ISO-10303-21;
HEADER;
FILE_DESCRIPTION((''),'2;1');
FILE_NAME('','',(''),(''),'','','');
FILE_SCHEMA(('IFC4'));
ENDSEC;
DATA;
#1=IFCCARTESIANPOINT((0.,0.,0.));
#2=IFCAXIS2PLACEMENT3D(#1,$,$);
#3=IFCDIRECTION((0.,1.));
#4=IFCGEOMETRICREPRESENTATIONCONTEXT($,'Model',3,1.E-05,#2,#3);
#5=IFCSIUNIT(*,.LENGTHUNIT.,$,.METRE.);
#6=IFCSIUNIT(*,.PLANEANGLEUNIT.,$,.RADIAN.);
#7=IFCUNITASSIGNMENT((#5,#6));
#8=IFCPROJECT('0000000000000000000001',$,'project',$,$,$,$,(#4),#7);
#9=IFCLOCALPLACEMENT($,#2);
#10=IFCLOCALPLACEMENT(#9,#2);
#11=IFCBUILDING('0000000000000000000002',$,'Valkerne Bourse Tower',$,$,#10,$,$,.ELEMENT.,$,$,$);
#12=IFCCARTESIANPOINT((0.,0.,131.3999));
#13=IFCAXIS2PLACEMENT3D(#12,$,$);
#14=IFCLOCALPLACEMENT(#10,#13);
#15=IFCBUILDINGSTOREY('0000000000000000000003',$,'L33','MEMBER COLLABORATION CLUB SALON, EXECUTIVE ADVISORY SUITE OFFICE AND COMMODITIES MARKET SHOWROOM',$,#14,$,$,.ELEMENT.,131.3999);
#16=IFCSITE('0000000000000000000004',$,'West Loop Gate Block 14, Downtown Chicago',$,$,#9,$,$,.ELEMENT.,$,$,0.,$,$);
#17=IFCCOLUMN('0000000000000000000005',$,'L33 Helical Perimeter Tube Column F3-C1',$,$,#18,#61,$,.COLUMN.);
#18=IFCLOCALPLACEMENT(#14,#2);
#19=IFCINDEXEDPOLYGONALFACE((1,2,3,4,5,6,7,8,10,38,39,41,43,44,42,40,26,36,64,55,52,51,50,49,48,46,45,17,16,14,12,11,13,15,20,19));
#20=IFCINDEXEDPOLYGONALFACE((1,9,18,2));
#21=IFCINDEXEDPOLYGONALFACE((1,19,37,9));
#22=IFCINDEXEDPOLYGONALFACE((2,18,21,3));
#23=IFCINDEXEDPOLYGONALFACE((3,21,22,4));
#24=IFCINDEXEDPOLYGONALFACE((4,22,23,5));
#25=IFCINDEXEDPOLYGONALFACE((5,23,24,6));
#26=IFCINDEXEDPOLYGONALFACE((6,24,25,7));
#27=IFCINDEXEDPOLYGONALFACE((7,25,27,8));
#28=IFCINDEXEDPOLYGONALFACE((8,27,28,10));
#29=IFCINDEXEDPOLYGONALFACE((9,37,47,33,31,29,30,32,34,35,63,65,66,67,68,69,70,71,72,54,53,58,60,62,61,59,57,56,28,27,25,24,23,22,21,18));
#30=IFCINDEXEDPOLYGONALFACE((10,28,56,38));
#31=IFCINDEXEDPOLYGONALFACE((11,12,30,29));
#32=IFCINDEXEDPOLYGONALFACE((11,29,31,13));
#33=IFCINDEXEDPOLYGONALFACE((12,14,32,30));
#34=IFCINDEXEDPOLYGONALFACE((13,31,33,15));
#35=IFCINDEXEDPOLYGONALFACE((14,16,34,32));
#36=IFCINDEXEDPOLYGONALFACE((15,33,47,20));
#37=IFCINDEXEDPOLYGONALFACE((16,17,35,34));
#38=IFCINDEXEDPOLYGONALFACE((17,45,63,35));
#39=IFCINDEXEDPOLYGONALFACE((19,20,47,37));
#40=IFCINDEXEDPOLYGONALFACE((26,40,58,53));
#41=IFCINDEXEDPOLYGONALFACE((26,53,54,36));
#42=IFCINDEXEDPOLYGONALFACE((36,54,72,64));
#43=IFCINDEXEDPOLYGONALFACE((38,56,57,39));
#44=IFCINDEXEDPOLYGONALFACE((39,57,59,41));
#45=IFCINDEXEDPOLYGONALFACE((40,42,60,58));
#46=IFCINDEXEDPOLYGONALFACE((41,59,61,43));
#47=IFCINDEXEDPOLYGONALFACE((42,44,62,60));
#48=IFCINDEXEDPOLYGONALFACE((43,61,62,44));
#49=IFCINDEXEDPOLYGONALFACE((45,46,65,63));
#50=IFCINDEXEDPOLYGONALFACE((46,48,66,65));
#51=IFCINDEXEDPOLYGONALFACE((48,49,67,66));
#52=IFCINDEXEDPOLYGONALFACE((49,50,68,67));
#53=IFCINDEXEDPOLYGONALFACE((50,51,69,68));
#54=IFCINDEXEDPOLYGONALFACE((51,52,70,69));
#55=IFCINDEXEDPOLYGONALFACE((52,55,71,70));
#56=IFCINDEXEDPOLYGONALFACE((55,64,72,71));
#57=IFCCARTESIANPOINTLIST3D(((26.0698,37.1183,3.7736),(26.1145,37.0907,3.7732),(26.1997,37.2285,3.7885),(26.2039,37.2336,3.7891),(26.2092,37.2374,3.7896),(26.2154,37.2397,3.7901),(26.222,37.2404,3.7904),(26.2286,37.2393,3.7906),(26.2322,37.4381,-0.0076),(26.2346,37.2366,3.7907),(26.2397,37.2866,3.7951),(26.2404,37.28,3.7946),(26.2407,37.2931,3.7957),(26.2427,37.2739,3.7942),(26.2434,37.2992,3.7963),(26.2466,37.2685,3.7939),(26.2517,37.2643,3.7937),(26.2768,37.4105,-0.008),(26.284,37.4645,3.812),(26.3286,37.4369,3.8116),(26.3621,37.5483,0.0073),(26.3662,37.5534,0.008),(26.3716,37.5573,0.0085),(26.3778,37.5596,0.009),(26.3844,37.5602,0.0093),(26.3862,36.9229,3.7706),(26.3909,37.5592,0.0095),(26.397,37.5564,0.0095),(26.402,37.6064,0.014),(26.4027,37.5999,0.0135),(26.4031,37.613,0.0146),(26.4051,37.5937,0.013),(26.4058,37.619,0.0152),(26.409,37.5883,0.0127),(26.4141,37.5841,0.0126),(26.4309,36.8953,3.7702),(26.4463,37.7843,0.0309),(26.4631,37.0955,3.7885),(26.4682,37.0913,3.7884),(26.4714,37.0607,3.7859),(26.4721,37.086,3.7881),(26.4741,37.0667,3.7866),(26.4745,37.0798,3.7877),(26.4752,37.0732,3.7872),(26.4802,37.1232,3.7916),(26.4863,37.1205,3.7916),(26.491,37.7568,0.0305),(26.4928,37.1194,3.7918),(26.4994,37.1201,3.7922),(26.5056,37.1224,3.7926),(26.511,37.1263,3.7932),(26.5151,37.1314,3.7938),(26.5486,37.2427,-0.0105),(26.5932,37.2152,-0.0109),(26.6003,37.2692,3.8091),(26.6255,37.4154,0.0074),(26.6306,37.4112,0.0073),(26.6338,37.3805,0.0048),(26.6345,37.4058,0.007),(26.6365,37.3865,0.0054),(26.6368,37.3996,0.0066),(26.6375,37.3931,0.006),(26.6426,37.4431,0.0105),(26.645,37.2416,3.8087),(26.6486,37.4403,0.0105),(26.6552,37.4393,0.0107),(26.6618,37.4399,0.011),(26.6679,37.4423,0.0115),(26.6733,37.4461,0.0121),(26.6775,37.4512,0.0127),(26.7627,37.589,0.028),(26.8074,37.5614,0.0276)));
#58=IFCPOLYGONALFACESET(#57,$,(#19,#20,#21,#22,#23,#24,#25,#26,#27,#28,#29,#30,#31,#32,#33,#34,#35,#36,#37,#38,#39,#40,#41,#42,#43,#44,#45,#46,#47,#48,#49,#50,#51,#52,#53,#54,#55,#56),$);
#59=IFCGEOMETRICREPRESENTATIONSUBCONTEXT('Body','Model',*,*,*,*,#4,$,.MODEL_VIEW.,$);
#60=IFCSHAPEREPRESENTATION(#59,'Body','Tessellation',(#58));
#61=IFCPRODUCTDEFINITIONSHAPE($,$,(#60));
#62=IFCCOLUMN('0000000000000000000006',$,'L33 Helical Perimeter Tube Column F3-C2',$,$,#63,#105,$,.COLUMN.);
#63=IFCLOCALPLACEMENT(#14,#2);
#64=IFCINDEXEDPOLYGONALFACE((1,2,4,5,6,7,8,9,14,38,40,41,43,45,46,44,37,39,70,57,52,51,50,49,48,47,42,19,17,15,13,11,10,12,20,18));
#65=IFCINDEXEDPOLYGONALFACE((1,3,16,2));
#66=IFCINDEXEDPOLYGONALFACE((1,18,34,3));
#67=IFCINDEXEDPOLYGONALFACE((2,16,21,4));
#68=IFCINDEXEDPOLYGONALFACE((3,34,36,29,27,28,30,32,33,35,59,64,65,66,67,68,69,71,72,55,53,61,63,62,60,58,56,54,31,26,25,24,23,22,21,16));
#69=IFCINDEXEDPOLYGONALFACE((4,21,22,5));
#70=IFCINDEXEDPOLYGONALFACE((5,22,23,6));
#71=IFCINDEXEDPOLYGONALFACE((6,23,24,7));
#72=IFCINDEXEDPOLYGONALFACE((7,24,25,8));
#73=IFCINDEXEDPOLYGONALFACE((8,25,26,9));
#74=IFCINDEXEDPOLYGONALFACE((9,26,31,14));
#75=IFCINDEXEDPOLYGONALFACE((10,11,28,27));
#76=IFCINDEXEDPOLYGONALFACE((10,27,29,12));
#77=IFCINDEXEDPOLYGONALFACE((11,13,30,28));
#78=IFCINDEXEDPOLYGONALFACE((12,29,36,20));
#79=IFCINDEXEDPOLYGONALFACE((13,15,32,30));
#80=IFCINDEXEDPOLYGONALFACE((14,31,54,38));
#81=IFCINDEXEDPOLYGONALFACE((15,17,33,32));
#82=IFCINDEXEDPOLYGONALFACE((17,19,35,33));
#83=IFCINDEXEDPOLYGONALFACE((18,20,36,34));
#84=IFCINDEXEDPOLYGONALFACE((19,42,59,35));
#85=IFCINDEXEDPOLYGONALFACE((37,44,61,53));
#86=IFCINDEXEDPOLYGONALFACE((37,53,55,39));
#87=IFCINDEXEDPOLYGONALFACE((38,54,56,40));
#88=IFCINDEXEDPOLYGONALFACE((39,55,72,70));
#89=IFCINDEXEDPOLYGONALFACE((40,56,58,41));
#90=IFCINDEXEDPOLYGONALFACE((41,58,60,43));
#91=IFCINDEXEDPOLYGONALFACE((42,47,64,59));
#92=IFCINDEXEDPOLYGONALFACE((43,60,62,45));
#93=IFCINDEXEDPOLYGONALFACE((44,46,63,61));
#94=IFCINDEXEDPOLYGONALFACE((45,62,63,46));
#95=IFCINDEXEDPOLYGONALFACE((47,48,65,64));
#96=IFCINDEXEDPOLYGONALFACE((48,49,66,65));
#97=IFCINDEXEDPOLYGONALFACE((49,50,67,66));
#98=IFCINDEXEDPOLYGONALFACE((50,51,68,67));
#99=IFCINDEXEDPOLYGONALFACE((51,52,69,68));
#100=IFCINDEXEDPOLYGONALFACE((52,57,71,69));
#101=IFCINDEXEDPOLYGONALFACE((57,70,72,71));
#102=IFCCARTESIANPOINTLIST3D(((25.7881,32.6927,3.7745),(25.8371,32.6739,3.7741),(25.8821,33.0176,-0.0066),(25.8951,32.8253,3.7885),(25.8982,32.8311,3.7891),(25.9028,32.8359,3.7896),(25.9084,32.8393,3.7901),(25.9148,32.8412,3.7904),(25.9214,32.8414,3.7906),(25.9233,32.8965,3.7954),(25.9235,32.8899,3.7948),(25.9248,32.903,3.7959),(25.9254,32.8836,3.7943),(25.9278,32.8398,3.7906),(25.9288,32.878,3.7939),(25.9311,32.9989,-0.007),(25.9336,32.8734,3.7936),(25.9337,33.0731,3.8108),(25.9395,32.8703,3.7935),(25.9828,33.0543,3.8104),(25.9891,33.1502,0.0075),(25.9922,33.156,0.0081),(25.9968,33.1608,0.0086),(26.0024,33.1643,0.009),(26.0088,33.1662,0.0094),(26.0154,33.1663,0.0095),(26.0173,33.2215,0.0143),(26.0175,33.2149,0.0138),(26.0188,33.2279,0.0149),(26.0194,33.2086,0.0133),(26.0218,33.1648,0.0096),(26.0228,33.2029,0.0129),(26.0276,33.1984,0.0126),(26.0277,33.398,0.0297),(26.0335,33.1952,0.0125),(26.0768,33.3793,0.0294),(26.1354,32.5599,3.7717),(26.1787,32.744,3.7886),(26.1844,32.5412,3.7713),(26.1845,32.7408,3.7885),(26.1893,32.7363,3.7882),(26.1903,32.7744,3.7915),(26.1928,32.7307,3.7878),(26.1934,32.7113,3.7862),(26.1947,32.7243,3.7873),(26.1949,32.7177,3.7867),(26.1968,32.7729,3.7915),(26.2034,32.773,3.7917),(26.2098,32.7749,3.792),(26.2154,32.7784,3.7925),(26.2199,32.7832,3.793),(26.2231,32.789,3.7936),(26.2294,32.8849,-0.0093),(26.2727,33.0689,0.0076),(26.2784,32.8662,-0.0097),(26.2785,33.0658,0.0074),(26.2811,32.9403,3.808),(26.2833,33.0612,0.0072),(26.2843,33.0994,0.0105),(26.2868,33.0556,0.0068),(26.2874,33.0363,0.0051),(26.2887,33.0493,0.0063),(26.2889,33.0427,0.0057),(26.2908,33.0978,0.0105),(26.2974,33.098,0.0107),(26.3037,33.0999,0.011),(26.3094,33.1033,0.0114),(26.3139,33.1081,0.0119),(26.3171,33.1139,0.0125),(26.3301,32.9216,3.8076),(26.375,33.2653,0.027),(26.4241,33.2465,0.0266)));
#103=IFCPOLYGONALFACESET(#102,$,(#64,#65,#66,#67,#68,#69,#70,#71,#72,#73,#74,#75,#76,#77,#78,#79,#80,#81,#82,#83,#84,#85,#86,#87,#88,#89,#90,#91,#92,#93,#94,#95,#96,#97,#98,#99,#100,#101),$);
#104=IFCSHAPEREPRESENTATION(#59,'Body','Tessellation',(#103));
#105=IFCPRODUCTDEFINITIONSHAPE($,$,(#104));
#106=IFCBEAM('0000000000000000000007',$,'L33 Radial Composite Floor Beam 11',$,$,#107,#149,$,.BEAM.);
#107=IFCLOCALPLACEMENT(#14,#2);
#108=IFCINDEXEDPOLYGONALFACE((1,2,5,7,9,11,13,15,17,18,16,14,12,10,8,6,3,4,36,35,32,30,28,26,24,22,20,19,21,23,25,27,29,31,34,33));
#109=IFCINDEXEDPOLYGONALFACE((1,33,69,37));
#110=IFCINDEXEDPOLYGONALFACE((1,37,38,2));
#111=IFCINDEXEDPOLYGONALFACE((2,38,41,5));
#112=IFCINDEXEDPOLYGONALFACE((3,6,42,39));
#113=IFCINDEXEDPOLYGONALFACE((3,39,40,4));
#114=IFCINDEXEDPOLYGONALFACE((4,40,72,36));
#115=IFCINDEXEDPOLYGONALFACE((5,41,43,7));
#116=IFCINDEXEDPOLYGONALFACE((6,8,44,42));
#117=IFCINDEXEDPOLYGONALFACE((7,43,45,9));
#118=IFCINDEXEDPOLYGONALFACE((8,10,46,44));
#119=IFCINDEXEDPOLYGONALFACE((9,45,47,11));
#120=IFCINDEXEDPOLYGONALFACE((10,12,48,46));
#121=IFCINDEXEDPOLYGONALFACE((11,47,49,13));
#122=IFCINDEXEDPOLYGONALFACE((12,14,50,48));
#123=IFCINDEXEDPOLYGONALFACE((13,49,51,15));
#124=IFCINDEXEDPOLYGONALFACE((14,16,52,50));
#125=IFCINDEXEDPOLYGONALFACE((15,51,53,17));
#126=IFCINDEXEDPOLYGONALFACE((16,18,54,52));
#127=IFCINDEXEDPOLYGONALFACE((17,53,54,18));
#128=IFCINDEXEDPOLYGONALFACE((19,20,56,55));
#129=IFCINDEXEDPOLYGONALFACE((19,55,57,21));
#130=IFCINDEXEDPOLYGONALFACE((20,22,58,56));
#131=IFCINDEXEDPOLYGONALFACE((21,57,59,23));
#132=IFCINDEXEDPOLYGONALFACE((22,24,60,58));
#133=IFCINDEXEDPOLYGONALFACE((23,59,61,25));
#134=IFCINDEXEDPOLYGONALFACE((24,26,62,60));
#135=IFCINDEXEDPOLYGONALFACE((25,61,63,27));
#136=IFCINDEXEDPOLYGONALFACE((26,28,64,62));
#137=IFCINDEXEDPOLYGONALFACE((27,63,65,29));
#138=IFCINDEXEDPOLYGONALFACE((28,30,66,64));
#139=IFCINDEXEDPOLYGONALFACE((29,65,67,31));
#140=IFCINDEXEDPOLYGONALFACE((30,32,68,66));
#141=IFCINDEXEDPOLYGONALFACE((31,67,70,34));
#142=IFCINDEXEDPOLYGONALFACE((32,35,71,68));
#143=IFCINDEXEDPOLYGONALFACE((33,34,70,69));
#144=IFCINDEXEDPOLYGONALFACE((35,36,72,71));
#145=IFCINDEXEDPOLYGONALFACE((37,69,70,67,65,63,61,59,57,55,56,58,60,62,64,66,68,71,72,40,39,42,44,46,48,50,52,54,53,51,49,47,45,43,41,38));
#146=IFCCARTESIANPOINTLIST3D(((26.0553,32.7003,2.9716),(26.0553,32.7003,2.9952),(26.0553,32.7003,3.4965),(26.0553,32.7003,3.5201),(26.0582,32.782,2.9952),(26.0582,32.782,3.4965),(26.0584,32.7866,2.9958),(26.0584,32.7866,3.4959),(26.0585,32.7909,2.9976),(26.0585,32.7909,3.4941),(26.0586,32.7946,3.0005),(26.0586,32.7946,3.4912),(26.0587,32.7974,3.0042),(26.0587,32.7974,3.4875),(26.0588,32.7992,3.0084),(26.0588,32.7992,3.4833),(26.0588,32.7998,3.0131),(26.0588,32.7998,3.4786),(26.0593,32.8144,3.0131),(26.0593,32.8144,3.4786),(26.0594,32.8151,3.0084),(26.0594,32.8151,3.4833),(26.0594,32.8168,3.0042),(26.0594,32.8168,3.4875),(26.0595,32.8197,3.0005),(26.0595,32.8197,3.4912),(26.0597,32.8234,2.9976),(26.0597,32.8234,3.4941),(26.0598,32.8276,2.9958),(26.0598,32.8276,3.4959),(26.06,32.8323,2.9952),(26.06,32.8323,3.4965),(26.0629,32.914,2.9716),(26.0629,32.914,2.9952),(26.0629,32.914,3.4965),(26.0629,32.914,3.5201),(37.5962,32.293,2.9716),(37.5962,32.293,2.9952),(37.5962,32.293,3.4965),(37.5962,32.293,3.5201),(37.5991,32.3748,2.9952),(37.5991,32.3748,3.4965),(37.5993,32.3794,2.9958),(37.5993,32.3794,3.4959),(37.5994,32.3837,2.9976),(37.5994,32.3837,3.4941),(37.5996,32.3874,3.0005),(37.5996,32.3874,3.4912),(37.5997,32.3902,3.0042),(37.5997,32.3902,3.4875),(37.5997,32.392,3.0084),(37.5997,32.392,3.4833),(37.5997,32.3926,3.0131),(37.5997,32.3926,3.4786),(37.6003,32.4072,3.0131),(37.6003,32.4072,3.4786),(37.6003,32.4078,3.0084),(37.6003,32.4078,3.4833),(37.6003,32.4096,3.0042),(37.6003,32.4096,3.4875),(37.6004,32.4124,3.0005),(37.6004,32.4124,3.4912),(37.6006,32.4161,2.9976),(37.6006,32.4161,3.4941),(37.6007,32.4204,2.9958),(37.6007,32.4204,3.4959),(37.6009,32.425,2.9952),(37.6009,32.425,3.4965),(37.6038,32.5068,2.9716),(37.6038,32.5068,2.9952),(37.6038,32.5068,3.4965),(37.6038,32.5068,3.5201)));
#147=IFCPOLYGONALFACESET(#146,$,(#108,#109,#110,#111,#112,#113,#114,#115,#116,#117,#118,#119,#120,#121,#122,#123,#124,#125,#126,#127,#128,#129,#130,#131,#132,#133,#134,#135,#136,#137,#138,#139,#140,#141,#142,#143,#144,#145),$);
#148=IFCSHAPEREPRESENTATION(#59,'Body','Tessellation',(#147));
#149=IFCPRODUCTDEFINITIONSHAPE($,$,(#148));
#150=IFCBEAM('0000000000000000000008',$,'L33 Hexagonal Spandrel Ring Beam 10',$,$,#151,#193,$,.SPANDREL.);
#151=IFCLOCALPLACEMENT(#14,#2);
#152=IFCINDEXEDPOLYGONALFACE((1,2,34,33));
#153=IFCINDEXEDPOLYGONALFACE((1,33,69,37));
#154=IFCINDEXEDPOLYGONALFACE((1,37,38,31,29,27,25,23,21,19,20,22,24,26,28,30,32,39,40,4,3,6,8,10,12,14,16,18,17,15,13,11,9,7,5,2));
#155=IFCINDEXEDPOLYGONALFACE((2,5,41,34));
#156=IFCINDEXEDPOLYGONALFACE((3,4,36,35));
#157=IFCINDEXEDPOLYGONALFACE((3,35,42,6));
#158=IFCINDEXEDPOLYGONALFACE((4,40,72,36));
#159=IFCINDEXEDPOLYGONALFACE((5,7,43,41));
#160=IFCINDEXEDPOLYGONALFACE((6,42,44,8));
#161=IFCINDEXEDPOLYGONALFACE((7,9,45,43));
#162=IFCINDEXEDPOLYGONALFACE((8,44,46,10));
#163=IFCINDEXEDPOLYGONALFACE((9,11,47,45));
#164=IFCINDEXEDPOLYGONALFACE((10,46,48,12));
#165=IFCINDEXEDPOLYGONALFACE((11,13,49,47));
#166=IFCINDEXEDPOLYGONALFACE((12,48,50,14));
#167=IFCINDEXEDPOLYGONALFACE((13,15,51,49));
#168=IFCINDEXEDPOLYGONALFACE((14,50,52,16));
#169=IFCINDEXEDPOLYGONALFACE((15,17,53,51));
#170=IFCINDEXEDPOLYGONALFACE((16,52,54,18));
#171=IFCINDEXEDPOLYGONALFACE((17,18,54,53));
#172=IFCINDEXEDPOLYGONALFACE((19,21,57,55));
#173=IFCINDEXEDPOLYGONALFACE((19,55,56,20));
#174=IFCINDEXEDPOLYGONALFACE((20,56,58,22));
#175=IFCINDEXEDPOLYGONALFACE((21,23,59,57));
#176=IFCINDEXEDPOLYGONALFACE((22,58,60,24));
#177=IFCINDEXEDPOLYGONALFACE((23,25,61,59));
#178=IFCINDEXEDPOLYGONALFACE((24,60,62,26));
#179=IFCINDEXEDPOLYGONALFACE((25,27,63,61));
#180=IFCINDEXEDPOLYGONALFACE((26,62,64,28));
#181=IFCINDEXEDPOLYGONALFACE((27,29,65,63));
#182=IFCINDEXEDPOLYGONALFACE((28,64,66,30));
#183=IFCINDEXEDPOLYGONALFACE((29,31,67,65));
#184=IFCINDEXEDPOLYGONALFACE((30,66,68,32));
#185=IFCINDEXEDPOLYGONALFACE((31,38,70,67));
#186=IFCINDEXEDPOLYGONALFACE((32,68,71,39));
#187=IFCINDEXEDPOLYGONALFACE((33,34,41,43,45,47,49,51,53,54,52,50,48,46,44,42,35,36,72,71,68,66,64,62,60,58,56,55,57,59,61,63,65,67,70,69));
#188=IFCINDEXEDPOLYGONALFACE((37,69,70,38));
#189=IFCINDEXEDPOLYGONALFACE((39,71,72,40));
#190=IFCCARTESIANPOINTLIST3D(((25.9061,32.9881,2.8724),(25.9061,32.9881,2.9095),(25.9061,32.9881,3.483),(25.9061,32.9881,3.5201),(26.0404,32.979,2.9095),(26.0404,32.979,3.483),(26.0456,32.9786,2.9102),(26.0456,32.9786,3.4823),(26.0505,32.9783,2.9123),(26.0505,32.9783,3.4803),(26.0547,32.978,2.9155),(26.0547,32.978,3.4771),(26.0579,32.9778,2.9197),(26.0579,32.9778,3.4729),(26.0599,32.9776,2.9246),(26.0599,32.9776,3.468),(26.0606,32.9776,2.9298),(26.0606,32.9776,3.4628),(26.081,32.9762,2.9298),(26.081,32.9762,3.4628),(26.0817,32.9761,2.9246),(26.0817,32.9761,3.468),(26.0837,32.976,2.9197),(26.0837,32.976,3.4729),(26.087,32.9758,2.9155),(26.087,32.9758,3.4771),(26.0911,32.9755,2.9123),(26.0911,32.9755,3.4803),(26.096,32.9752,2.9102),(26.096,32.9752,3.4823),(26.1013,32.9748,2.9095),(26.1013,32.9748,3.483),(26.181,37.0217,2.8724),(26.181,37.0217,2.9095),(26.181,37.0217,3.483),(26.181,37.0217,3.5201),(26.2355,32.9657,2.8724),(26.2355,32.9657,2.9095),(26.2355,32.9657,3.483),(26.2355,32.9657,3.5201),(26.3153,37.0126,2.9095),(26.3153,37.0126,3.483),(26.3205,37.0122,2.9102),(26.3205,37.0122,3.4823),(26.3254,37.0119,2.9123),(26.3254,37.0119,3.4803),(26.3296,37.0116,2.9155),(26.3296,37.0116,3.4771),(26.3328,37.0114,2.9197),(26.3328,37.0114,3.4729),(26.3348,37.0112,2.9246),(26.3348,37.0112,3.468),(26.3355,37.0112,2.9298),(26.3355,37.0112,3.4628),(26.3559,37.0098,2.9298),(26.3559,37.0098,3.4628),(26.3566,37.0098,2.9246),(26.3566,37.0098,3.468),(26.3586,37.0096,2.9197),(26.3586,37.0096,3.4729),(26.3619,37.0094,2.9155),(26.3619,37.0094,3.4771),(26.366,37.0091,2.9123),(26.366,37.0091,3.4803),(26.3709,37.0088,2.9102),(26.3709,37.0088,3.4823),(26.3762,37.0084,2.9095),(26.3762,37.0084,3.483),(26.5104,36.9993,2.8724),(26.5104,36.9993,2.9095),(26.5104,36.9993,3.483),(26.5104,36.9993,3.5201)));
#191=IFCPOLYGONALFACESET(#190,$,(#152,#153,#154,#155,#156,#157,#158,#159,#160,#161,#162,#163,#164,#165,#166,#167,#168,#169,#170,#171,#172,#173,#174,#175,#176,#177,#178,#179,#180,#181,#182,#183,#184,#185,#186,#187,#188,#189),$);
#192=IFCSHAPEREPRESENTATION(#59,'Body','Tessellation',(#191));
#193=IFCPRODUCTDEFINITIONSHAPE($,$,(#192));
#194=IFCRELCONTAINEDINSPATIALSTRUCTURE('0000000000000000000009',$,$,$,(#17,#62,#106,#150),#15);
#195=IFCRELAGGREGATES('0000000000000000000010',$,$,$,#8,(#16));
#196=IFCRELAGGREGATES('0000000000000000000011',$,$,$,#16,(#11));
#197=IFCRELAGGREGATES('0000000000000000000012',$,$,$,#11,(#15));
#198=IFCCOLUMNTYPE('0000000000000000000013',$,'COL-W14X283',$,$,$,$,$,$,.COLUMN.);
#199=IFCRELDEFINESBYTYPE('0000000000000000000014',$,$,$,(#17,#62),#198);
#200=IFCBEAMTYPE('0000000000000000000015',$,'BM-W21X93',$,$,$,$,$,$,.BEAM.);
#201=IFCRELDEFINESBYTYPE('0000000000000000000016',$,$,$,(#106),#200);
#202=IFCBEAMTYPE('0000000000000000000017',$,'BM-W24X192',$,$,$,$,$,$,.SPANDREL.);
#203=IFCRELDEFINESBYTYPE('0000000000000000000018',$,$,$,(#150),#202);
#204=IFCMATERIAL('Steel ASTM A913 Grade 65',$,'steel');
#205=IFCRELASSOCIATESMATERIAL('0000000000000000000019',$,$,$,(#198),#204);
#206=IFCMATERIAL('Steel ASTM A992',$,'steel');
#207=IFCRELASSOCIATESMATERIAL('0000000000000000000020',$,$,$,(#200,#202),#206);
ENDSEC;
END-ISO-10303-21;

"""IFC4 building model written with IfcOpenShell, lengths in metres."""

from ifc_helpers import new_model, si_unit, direction, frame, origin, origin_2d, place, context, subcontext, project, spatial, i_section, extrude, material, material_profile, profile_set, type_object, element, save


model = new_model("IFC4")

# Units and contexts
model_context = context("Model", 3, precision=1e-05, world=origin(), true_north=direction((0.0, 1.0)))
body_context = subcontext(model_context, "Body", "Model", "MODEL_VIEW")
ifc_project = project(units=[si_unit("LENGTHUNIT", "METRE"), si_unit("PLANEANGLEUNIT", "RADIAN")], contexts=[model_context])

# Site, building, storey
site_placement = place(None, origin())
site = spatial("IfcSite", under=ifc_project, at=site_placement, Name="West Loop Gate Block 14, Downtown Chicago", CompositionType="ELEMENT", RefElevation=0.0)
building_placement = place(site_placement, origin())
building = spatial("IfcBuilding", under=site, at=building_placement, Name="Valkerne Bourse Tower", CompositionType="ELEMENT")
storey_placement = place(building_placement, frame((0.0, 0.0, 131.3999)))
storey = spatial("IfcBuildingStorey", under=building, at=storey_placement, Name="L33", Description="MEMBER COLLABORATION CLUB SALON, EXECUTIVE ADVISORY SUITE OFFICE AND COMMODITIES MARKET SHOWROOM", CompositionType="ELEMENT", Elevation=131.3999)

# Columns
ifc_material_1 = material(Name="Steel ASTM A913 Grade 65", Category="steel")
ifc_material_profile_1 = material_profile(ifc_material_1, i_section(OverallWidth=0.4089, OverallDepth=0.4243, WebThickness=0.0327, FlangeThickness=0.0525, FilletRadius=0.0254, at=origin_2d()), Name="W14X283")
ifc_profile_set_1 = profile_set([ifc_material_profile_1], Name="Steel ASTM A913 Grade 65")
column_type = type_object("IfcColumnType", Name="COL-W14X283", PredefinedType="COLUMN", material=ifc_profile_set_1)
column_1_placement = place(storey_placement, frame((26.5198, 37.4998, 0.01), z_axis=(-0.042747, -0.084209, 0.995531), x_axis=(-0.523662, -0.846713, -0.094107)))
element("IfcColumn", 1, at=column_1_placement, inside=storey, type_object=column_type, Name="L33 Helical Perimeter Tube Column F3-C1", PredefinedType="COLUMN", context=body_context, shape_type="SweptSolid", body=[
    extrude(i_section(OverallWidth=0.4089, OverallDepth=0.4243, WebThickness=0.0327, FlangeThickness=0.0525, FilletRadius=0.0254, at=origin_2d()), origin(), (0.0, 0.0, 1.0), 3.7981),
])
column_2_placement = place(storey_placement, frame((26.1531, 33.1321, 0.01), z_axis=(-0.024761, -0.085601, 0.996022), x_axis=(-0.356172, -0.930192, -0.088798)))
element("IfcColumn", 2, at=column_2_placement, inside=storey, type_object=column_type, Name="L33 Helical Perimeter Tube Column F3-C2", PredefinedType="COLUMN", context=body_context, shape_type="SweptSolid", body=[
    extrude(i_section(OverallWidth=0.4089, OverallDepth=0.4243, WebThickness=0.0327, FlangeThickness=0.0525, FilletRadius=0.0254, at=origin_2d()), origin(), (0.0, 0.0, 1.0), 3.7961),
])

# Beams
ifc_material_2 = material(Name="Steel ASTM A992", Category="steel")
ifc_material_profile_2 = material_profile(ifc_material_2, i_section(OverallWidth=0.2139, OverallDepth=0.5486, WebThickness=0.0146, FlangeThickness=0.0237, FilletRadius=0.0178, at=origin_2d()), Name="W21X93")
ifc_profile_set_2 = profile_set([ifc_material_profile_2], Name="Steel ASTM A992")
beam_type_1 = type_object("IfcBeamType", Name="BM-W21X93", PredefinedType="BEAM", material=ifc_profile_set_2)
beam_1_placement = place(storey_placement, frame((26.0591, 32.8071, 3.2458), z_axis=(0.999378, -0.035263, 0.0), x_axis=(0.035263, 0.999378, 0.0)))
element("IfcBeam", 3, at=beam_1_placement, inside=storey, type_object=beam_type_1, Name="L33 Radial Composite Floor Beam 11", PredefinedType="BEAM", context=body_context, shape_type="SweptSolid", body=[
    extrude(i_section(OverallWidth=0.2139, OverallDepth=0.5486, WebThickness=0.0146, FlangeThickness=0.0237, FilletRadius=0.0178, at=origin_2d()), origin(), (0.0, 0.0, 1.0), 11.5481),
])
ifc_material_profile_3 = material_profile(ifc_material_2, i_section(OverallWidth=0.3301, OverallDepth=0.6477, WebThickness=0.0205, FlangeThickness=0.0371, FilletRadius=0.0203, at=origin_2d()), Name="W24X192")
ifc_profile_set_3 = profile_set([ifc_material_profile_3], Name="Steel ASTM A992")
beam_type_2 = type_object("IfcBeamType", Name="BM-W24X192", PredefinedType="SPANDREL", material=ifc_profile_set_3)
beam_2_placement = place(storey_placement, frame((26.3457, 37.0105, 3.1963), z_axis=(-0.067994, -0.997686, 0.0), x_axis=(0.997686, -0.067994, 0.0)))
element("IfcBeam", 4, at=beam_2_placement, inside=storey, type_object=beam_type_2, Name="L33 Hexagonal Spandrel Ring Beam 10", PredefinedType="SPANDREL", context=body_context, shape_type="SweptSolid", body=[
    extrude(i_section(OverallWidth=0.3301, OverallDepth=0.6477, WebThickness=0.0205, FlangeThickness=0.0371, FilletRadius=0.0203, at=origin_2d()), origin(), (0.0, 0.0, 1.0), 4.043),
])

save(model, "model.ifc")
